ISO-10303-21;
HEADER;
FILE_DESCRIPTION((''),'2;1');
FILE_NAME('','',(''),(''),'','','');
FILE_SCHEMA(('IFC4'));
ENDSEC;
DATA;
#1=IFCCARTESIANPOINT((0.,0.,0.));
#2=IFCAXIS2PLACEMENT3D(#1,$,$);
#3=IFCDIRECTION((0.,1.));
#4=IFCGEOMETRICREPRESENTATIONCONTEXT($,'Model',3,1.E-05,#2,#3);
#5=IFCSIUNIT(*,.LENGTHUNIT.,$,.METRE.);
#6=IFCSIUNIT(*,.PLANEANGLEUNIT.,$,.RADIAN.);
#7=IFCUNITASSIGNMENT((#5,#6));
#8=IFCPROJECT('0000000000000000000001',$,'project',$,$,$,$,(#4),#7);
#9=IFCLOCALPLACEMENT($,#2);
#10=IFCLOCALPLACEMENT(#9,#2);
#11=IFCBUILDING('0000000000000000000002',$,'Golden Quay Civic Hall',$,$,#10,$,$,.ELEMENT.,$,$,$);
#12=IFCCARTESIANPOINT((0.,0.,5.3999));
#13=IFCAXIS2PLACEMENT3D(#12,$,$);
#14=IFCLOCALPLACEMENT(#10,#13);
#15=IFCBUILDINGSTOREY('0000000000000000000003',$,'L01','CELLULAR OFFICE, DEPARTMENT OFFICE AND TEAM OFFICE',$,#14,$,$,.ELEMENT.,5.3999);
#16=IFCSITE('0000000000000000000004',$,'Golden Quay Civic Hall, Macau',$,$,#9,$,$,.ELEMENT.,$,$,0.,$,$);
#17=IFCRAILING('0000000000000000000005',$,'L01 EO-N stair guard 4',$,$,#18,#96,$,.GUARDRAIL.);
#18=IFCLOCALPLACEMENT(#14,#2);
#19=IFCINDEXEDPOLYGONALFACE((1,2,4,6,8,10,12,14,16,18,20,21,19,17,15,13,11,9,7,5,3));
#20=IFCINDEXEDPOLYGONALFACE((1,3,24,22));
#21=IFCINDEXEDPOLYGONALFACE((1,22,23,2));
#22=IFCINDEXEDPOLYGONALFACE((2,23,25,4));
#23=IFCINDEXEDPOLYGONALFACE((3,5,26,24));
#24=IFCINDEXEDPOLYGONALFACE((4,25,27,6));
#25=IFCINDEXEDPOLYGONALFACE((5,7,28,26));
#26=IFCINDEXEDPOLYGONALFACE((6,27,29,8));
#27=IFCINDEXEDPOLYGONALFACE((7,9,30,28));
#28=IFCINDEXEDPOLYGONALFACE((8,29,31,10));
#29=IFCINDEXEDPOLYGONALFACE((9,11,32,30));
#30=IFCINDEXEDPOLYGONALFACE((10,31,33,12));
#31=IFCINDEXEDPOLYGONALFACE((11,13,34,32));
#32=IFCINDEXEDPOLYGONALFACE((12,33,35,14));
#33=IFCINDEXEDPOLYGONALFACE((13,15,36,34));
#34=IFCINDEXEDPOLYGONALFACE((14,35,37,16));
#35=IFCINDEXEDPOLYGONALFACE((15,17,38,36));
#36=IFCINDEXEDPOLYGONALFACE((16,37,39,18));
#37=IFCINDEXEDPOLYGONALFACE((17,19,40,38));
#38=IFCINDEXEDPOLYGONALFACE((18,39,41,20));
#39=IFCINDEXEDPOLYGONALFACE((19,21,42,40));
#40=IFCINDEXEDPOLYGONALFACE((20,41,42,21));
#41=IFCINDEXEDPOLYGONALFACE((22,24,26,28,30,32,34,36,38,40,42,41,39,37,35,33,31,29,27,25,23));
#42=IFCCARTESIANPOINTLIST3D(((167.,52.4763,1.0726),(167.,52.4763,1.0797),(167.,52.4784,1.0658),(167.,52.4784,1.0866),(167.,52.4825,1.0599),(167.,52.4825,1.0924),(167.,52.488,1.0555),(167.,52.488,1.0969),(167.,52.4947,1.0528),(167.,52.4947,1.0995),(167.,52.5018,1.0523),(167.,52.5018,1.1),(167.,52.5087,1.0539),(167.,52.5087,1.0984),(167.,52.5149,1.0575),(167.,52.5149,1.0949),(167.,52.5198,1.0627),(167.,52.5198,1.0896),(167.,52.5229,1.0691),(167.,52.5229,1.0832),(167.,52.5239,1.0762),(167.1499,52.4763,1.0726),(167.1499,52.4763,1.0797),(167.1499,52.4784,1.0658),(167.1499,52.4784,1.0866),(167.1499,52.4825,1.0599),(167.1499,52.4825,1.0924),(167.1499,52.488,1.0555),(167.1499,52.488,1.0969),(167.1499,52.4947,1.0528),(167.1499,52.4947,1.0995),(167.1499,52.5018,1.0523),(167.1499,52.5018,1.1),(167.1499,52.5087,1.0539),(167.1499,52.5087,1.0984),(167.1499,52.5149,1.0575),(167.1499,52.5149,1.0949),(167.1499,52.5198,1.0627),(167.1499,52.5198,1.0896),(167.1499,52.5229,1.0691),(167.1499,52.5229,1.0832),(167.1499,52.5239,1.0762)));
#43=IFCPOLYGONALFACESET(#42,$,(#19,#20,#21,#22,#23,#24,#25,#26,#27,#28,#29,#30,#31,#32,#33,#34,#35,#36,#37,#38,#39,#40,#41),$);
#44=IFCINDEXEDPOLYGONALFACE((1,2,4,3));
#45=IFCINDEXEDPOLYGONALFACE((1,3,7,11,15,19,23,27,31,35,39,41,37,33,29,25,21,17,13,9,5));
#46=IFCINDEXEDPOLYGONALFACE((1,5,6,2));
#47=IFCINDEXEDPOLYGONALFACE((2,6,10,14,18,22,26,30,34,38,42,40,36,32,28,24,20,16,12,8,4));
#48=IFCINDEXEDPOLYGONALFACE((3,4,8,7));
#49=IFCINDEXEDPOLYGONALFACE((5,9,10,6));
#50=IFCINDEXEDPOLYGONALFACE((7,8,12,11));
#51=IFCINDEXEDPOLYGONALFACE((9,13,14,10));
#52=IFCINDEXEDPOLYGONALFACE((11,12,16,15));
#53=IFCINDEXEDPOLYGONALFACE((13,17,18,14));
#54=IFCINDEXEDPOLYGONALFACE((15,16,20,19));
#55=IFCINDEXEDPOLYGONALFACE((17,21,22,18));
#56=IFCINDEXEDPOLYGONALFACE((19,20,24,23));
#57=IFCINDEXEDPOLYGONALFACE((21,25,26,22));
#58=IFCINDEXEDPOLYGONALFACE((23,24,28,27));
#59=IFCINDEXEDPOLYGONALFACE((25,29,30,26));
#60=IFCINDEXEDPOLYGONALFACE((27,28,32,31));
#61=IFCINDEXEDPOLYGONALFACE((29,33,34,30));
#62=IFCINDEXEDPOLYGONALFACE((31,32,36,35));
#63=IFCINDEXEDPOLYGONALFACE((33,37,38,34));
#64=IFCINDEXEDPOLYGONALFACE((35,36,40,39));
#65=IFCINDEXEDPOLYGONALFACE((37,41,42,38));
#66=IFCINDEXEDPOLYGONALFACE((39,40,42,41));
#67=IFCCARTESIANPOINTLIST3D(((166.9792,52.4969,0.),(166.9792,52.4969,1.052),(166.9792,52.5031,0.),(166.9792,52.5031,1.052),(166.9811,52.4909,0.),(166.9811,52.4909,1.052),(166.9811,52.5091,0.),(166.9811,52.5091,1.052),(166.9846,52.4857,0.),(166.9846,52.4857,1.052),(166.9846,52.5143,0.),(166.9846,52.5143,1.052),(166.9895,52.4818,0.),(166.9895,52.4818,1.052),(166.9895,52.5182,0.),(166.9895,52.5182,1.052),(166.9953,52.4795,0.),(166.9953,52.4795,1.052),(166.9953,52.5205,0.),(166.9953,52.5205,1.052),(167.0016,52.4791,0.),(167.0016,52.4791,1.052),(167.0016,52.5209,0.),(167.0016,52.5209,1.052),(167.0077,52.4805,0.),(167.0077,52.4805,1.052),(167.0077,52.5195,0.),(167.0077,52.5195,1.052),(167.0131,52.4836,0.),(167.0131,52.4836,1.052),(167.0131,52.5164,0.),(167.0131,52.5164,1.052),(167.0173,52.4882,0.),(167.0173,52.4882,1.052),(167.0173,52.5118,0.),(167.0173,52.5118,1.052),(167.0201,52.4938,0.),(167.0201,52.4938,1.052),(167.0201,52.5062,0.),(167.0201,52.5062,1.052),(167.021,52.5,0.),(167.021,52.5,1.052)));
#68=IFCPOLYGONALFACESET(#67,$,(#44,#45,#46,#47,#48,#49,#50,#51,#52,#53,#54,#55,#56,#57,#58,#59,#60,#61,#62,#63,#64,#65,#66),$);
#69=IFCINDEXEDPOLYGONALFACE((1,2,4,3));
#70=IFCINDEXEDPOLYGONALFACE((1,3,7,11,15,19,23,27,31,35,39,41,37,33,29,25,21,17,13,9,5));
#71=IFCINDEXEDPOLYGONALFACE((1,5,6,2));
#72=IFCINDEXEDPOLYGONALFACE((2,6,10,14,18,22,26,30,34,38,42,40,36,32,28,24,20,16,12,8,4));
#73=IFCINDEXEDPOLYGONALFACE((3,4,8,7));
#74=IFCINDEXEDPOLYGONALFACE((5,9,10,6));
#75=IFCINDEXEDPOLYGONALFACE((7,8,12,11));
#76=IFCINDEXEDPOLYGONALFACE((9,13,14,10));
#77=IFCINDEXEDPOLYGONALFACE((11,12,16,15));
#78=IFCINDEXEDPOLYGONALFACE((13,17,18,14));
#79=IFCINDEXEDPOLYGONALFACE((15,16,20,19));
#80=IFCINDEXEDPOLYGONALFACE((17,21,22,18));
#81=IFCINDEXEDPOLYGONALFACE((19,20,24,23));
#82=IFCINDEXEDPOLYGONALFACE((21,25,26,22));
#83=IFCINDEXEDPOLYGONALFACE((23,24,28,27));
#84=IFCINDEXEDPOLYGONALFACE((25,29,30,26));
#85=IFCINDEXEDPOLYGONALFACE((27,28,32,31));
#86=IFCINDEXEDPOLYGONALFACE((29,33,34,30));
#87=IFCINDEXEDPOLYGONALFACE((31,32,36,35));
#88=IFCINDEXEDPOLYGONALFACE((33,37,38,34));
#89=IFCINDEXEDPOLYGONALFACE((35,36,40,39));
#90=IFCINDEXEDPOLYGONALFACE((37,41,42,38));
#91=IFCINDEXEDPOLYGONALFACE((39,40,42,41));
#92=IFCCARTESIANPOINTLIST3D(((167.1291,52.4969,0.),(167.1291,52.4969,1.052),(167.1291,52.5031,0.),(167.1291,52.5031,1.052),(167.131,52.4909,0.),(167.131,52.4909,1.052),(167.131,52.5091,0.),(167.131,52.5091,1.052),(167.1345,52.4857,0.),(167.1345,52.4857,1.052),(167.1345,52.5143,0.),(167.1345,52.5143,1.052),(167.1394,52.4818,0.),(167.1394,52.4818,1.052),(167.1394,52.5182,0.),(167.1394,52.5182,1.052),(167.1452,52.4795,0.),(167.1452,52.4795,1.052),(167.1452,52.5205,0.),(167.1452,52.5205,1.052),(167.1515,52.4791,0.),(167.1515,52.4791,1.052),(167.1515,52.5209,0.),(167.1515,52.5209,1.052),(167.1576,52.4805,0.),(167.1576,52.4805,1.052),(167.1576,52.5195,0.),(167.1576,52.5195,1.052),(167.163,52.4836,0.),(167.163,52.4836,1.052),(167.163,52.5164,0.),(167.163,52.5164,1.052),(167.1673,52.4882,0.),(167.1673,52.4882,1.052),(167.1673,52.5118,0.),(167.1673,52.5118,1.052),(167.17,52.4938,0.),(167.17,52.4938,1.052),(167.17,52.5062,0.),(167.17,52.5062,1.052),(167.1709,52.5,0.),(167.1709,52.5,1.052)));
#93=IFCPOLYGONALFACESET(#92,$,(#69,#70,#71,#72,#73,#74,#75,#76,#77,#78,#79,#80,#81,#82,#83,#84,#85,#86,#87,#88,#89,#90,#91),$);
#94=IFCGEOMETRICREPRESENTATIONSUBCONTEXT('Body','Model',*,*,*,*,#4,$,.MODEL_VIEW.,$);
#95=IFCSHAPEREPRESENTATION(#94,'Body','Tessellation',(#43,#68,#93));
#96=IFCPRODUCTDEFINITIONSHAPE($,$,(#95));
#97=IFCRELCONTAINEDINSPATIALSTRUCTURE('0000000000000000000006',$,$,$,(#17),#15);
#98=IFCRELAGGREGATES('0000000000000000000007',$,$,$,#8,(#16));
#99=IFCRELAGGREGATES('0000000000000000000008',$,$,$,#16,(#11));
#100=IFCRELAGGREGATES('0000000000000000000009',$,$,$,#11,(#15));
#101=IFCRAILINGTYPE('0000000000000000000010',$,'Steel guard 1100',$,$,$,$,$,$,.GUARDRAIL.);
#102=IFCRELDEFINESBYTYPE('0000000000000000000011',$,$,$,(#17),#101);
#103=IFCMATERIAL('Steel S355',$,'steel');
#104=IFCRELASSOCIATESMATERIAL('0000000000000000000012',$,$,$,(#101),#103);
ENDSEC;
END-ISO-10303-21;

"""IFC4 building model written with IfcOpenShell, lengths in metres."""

from ifc_helpers import new_model, si_unit, direction, frame, origin, origin_2d, place, context, subcontext, project, spatial, circle, extrude, material, type_object, element, save


model = new_model("IFC4")

# Units and contexts
model_context = context("Model", 3, precision=1e-05, world=origin(), true_north=direction((0.0, 1.0)))
body_context = subcontext(model_context, "Body", "Model", "MODEL_VIEW")
ifc_project = project(units=[si_unit("LENGTHUNIT", "METRE"), si_unit("PLANEANGLEUNIT", "RADIAN")], contexts=[model_context])

# Site, building, storey
site_placement = place(None, origin())
site = spatial("IfcSite", under=ifc_project, at=site_placement, Name="Golden Quay Civic Hall, Macau", CompositionType="ELEMENT", RefElevation=0.0)
building_placement = place(site_placement, origin())
building = spatial("IfcBuilding", under=site, at=building_placement, Name="Golden Quay Civic Hall", CompositionType="ELEMENT")
storey_placement = place(building_placement, frame((0.0, 0.0, 5.3999)))
storey = spatial("IfcBuildingStorey", under=building, at=storey_placement, Name="L01", Description="CELLULAR OFFICE, DEPARTMENT OFFICE AND TEAM OFFICE", CompositionType="ELEMENT", Elevation=5.3999)

# Railing
ifc_material_1 = material(Name="Steel S355", Category="steel")
railing_type_1 = type_object("IfcRailingType", Name="Steel guard 1100", PredefinedType="GUARDRAIL", material=ifc_material_1)
railing_1_placement = place(storey_placement, frame((167.0, 52.5, 0.0)))
element("IfcRailing", 1, at=railing_1_placement, inside=storey, type_object=railing_type_1, Name="L01 EO-N stair guard 4", PredefinedType="GUARDRAIL", context=body_context, shape_type="SweptSolid", body=[
    extrude(circle(Radius=0.0239, at=origin_2d()), frame((0.0, 0.0, 1.0762), z_axis=(1.0, 0.0, 0.0), x_axis=(0.0, 1.0, 0.0)), (0.0, 0.0, 1.0), 0.1499),
    extrude(circle(Radius=0.021, at=origin_2d()), origin(), (0.0, 0.0, 1.0), 1.052),
    extrude(circle(Radius=0.021, at=origin_2d()), frame((0.1499, 0.0, 0.0)), (0.0, 0.0, 1.0), 1.052),
])

save(model, "model.ifc")
